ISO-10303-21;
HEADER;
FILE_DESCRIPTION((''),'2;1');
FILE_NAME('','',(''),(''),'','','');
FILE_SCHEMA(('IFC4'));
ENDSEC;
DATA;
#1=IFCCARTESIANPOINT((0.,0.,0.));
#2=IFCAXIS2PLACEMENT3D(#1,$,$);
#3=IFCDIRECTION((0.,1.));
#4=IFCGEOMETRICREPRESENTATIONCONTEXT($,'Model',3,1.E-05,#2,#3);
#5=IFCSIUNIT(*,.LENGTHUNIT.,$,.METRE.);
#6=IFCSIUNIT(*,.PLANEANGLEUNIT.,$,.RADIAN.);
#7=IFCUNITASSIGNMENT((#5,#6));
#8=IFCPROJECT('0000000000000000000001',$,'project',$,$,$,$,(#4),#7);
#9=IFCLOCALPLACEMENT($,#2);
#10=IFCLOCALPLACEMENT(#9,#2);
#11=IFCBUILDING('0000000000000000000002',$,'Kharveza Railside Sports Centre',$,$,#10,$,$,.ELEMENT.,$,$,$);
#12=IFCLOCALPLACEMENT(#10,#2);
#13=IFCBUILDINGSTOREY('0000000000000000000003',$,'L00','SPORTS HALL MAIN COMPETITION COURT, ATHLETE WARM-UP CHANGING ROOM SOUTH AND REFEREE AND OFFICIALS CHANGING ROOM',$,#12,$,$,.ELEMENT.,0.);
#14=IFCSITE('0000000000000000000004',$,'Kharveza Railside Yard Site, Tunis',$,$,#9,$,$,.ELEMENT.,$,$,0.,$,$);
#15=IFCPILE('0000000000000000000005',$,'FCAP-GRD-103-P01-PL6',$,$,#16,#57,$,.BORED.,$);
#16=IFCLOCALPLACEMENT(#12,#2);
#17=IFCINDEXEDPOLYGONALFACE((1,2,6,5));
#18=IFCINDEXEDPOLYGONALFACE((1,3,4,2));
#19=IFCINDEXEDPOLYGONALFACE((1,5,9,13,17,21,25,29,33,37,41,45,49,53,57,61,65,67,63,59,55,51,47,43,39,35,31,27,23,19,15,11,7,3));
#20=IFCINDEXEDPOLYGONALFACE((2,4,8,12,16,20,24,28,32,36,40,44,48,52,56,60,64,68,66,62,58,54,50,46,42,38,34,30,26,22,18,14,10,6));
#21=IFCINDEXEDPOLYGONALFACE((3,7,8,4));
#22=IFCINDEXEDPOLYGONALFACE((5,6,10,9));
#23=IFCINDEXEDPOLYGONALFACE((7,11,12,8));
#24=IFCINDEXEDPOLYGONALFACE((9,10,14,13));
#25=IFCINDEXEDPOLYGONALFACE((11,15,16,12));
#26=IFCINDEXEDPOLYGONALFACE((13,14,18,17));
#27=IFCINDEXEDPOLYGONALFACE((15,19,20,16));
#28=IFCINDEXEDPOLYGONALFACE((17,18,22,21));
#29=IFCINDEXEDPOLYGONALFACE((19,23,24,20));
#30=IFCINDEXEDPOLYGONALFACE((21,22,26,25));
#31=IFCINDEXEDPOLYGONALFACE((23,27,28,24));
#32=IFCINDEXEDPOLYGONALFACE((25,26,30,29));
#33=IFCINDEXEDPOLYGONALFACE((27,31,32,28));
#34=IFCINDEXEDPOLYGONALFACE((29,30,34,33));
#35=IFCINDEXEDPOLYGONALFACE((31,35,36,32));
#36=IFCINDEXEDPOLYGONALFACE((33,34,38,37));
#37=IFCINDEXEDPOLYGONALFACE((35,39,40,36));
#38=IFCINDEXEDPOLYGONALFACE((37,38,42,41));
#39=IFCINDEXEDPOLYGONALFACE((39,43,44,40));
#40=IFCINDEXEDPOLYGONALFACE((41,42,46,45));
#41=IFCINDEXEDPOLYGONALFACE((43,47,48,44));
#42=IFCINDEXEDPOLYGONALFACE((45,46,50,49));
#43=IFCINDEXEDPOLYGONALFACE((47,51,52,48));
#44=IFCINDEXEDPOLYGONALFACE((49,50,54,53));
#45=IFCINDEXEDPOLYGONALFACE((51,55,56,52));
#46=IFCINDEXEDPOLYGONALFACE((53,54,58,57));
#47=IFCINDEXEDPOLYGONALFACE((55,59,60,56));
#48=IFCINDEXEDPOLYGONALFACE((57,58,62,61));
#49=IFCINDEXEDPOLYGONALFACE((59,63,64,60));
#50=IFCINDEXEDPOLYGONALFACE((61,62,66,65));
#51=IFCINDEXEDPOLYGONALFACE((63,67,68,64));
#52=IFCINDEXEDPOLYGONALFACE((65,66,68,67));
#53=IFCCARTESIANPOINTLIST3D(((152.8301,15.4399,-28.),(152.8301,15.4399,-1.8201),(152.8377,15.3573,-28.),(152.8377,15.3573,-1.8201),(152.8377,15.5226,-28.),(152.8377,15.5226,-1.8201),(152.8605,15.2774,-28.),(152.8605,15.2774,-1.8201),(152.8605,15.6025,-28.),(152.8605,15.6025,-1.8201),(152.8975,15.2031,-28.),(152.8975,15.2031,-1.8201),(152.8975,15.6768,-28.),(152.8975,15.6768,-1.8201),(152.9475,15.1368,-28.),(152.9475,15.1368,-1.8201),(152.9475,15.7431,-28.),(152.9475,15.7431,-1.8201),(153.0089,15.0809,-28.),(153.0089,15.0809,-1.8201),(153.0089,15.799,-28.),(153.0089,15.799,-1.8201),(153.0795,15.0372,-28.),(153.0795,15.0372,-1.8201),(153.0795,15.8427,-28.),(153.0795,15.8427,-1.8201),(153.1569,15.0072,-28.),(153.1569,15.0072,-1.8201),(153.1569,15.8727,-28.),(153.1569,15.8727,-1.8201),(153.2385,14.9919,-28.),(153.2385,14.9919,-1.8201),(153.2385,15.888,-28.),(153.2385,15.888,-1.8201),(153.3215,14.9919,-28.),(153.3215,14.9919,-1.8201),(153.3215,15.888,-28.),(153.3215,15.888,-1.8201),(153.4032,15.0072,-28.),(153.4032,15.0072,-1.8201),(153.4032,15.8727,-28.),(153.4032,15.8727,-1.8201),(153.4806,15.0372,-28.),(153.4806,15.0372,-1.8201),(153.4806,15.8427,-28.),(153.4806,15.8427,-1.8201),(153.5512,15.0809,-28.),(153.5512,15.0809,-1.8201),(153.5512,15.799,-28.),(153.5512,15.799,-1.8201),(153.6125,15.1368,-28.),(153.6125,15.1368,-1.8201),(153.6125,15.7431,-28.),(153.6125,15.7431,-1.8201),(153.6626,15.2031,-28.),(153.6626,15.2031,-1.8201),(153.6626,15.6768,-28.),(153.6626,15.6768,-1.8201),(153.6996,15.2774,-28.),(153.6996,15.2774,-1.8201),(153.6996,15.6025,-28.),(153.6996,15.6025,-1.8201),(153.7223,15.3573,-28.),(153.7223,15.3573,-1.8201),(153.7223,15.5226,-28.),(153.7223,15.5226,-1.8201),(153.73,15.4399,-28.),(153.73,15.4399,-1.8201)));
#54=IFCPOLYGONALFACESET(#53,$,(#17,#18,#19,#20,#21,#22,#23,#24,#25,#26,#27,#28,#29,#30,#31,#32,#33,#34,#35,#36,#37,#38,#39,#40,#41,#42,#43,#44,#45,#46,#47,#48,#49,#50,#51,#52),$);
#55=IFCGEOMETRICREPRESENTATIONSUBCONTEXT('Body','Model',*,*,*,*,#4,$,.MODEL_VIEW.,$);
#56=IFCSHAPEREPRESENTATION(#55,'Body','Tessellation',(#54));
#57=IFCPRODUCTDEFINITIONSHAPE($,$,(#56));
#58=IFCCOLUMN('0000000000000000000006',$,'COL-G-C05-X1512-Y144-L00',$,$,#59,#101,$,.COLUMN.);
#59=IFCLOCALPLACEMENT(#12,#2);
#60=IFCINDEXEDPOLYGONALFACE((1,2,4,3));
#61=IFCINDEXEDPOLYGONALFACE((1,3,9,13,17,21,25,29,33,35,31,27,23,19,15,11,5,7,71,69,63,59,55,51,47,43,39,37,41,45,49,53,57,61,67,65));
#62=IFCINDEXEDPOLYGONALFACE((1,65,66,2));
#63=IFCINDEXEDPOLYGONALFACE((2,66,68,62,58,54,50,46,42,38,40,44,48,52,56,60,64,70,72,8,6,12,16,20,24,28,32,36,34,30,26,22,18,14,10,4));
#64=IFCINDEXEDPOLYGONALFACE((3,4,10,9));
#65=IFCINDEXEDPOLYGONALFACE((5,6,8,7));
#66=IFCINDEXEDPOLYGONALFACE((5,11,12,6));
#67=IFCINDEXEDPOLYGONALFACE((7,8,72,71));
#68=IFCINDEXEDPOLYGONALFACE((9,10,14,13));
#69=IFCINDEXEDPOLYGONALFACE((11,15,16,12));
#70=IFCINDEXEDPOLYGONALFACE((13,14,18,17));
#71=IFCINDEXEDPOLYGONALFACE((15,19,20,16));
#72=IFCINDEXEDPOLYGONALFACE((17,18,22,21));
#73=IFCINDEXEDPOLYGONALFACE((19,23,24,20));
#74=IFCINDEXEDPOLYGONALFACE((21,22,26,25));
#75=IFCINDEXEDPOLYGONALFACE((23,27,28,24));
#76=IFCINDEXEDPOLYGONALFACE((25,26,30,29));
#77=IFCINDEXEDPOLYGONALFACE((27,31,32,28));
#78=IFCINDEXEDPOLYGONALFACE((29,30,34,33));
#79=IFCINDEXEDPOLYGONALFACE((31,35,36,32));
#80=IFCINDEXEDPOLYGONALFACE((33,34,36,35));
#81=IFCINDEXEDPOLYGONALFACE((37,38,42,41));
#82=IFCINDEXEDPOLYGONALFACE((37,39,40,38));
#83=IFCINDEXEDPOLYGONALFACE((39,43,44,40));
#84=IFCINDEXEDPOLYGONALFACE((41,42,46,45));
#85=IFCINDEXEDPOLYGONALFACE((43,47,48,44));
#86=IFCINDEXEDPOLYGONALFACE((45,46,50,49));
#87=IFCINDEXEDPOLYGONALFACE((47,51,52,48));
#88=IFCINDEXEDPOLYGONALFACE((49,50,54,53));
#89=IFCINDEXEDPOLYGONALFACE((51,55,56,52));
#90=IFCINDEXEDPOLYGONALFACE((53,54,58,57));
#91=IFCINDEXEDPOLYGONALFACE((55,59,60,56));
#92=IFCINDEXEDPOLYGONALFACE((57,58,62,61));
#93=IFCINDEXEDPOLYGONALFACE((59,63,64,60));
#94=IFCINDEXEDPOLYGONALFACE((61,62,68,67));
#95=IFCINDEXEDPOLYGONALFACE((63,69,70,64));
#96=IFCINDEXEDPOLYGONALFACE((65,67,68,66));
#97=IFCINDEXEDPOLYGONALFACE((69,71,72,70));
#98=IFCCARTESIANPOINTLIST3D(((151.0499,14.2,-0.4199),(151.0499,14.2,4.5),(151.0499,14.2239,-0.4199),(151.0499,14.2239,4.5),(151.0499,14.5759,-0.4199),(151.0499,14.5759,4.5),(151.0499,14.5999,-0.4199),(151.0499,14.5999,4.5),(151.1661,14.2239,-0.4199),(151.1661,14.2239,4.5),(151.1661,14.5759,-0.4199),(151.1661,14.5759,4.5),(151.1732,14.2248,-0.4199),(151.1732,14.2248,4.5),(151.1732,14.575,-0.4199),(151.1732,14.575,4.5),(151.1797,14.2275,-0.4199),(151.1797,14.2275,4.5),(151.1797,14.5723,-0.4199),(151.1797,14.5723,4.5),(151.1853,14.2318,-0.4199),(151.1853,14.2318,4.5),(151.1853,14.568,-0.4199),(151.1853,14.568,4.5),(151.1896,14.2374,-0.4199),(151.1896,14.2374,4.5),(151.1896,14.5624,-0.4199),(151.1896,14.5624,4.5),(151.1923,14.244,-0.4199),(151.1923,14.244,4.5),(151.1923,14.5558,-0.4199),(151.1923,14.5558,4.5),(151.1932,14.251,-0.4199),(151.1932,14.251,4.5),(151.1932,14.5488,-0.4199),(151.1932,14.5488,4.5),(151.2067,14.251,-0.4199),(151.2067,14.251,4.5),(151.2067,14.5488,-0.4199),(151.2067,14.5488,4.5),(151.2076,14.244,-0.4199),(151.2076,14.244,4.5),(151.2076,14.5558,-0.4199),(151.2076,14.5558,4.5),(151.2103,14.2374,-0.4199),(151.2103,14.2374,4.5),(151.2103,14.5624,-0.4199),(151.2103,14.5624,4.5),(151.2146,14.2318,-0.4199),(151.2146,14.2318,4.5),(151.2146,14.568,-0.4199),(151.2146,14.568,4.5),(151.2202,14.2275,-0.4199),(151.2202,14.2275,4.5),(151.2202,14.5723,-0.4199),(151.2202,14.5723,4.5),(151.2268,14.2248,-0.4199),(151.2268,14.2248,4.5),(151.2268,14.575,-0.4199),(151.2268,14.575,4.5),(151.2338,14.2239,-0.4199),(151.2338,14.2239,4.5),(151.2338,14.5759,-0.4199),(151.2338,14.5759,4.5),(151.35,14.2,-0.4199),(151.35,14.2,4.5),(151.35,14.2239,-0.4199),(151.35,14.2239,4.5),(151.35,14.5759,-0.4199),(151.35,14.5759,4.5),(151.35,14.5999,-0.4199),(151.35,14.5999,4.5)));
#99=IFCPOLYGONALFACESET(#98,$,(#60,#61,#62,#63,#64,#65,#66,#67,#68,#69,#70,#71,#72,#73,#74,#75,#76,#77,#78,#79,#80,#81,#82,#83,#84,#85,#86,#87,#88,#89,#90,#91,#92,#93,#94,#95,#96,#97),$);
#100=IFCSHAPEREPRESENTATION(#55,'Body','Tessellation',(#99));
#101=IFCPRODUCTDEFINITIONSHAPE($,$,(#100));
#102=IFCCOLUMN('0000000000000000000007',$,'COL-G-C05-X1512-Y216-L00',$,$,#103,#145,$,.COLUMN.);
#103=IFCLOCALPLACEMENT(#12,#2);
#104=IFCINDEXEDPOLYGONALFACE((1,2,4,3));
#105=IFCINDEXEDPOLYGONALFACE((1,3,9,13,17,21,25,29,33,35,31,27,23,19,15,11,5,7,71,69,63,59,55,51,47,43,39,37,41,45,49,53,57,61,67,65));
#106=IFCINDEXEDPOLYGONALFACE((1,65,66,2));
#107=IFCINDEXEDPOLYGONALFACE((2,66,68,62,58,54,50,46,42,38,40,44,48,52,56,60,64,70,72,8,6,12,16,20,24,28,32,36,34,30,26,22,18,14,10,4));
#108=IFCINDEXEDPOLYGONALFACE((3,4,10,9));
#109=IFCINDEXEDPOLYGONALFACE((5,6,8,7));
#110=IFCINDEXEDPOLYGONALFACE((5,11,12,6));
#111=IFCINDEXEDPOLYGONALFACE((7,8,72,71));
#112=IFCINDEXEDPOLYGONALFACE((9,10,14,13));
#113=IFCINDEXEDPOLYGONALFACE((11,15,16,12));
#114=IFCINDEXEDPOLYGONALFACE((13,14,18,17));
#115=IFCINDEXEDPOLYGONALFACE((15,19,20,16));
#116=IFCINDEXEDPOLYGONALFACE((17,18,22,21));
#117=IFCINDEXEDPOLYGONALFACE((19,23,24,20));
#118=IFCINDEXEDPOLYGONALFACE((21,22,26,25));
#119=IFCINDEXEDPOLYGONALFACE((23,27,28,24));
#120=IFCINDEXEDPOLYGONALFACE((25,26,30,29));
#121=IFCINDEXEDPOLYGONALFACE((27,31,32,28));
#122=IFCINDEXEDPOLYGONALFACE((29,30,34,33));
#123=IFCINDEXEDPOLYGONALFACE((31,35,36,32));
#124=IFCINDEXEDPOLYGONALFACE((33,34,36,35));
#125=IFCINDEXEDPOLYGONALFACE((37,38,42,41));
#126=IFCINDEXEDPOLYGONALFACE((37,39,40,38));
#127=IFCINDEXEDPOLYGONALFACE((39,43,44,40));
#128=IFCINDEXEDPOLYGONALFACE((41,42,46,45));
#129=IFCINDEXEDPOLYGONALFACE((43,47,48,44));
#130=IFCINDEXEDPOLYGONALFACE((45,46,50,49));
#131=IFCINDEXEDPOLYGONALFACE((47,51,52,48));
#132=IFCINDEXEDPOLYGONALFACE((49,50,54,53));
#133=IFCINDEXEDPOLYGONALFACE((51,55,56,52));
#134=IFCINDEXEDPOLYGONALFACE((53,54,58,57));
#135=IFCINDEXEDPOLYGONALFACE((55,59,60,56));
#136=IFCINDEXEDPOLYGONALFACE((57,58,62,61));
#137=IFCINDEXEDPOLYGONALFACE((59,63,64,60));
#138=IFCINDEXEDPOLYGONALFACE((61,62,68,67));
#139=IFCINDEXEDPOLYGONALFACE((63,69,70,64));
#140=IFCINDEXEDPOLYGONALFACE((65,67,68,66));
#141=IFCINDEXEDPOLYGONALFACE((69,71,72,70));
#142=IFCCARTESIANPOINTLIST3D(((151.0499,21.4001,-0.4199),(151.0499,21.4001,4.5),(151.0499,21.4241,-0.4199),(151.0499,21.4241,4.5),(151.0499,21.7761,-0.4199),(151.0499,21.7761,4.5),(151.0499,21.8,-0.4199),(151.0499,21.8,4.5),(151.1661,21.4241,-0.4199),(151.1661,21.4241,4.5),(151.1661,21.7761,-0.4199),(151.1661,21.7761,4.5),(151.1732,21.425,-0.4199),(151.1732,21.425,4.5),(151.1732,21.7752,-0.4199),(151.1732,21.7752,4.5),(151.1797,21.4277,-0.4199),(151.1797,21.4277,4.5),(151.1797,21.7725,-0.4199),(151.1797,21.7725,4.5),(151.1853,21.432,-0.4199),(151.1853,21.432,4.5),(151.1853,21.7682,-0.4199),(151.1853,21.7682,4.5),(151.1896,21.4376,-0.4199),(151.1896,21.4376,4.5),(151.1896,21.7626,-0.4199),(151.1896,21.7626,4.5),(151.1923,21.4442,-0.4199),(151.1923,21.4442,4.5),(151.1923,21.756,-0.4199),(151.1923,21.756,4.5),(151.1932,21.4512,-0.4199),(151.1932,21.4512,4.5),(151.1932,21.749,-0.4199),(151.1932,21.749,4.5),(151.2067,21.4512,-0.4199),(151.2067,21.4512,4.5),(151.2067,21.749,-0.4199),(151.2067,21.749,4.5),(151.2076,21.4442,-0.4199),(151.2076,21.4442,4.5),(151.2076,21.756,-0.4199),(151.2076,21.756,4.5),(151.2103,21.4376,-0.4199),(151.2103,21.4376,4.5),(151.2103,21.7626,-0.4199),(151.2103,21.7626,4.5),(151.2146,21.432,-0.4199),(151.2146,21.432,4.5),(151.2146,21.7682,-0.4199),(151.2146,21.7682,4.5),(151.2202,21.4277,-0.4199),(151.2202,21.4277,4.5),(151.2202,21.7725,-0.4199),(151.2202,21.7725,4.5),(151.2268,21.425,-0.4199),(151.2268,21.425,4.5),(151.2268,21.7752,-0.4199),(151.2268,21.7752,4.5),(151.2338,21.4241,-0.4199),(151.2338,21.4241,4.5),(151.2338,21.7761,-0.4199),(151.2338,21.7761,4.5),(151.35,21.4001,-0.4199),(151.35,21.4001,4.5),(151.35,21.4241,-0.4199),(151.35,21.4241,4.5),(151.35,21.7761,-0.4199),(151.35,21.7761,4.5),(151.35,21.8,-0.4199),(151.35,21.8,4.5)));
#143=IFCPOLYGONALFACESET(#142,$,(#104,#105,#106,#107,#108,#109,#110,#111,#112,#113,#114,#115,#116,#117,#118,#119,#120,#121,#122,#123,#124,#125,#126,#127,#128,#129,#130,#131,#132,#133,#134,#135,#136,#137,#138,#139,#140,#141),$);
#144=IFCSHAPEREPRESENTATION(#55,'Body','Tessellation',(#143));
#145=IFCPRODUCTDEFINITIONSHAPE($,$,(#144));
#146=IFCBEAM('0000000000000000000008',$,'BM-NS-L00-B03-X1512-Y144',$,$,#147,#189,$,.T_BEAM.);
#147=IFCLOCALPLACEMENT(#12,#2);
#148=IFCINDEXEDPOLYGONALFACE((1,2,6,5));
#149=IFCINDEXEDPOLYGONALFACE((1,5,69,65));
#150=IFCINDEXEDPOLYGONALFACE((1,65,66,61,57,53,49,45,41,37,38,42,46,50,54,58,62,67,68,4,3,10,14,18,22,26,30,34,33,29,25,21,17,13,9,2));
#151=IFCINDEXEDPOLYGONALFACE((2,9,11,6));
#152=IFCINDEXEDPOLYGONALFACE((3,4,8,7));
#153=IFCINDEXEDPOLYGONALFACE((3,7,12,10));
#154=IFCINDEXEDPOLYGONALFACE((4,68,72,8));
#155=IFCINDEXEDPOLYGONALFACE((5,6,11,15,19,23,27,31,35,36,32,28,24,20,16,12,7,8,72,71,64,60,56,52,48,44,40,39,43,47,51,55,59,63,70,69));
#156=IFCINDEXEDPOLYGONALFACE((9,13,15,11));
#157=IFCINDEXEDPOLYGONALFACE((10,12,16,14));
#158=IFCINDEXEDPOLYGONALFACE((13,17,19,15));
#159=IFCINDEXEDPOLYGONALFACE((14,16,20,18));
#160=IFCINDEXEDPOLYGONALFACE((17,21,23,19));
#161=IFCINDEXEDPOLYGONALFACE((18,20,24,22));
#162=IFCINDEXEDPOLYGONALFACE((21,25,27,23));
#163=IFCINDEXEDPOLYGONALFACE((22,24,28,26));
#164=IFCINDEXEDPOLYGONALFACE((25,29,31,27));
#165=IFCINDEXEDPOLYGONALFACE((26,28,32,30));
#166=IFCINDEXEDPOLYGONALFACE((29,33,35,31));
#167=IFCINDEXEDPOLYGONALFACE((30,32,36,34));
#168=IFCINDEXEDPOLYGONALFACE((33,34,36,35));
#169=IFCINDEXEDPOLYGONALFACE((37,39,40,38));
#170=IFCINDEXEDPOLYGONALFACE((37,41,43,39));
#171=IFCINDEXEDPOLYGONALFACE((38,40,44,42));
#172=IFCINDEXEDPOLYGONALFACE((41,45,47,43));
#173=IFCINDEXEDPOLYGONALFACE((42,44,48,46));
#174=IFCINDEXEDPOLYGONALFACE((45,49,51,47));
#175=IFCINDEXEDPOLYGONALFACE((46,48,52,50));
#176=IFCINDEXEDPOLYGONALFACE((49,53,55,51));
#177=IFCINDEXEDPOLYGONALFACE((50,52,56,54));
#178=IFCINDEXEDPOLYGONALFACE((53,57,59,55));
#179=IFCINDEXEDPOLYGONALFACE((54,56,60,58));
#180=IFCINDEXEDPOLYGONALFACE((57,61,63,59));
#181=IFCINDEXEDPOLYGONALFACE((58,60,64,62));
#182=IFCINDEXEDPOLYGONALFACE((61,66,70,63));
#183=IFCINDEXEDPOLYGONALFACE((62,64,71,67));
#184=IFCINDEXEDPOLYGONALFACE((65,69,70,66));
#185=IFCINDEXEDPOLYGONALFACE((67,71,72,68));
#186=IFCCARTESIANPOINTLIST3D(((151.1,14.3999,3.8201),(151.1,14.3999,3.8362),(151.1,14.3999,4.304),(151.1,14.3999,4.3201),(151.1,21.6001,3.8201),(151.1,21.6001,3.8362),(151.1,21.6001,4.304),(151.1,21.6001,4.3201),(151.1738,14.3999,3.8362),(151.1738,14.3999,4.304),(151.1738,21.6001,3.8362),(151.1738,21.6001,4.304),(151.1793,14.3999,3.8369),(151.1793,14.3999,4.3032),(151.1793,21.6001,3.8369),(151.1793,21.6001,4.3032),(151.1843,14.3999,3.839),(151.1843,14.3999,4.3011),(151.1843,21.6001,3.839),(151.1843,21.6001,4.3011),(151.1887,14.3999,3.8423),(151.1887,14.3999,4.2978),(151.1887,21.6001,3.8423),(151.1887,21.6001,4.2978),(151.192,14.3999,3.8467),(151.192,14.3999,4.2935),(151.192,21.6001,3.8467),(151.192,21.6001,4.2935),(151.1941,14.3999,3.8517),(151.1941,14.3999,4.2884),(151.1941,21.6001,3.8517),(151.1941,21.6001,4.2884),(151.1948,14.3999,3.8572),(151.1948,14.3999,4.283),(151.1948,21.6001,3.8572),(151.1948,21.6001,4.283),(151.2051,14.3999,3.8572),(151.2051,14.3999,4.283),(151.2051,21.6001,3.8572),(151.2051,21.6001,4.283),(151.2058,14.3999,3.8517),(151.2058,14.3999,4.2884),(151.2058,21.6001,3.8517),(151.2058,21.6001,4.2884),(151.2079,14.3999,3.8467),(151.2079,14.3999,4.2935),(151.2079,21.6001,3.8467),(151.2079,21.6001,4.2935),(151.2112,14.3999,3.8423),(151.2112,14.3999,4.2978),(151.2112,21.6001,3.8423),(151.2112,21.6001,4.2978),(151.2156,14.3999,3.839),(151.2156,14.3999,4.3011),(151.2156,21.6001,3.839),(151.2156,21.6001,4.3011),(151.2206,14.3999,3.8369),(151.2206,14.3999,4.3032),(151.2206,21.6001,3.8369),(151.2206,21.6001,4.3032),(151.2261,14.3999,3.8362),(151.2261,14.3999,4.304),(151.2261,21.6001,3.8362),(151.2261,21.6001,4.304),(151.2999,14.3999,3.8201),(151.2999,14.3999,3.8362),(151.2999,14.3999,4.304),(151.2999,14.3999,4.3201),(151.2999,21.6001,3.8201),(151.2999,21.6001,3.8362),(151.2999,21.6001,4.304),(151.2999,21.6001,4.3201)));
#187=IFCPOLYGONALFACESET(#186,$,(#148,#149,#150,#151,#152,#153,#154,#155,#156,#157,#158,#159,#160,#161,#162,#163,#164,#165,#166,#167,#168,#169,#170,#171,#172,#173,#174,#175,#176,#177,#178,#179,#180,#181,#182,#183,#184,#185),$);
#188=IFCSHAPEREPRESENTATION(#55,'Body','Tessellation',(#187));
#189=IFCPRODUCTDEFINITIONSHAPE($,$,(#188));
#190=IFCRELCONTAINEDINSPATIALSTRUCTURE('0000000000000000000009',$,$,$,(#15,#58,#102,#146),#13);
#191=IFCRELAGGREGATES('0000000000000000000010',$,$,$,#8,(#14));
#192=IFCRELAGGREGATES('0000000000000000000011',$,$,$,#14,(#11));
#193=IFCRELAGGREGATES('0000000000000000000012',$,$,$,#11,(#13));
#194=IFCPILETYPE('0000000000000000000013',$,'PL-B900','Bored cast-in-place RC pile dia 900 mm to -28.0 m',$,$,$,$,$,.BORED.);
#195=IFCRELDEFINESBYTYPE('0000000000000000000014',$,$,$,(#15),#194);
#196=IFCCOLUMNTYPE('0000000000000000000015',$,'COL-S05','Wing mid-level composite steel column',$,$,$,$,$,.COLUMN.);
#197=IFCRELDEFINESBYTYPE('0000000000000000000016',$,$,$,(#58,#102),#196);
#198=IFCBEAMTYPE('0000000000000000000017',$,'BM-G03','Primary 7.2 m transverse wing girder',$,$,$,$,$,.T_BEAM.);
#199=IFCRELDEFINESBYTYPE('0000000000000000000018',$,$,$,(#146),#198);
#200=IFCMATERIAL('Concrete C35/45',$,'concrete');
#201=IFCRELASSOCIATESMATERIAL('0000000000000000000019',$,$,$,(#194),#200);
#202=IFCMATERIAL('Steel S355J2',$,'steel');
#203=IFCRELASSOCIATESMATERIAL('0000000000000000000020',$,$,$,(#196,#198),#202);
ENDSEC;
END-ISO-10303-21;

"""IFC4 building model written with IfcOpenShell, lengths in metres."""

from ifc_helpers import new_model, si_unit, direction, frame, origin, origin_2d, place, context, subcontext, project, spatial, circle, i_section, extrude, material, material_profile, profile_set, type_object, element, save


model = new_model("IFC4")

# Units and contexts
model_context = context("Model", 3, precision=1e-05, world=origin(), true_north=direction((0.0, 1.0)))
body_context = subcontext(model_context, "Body", "Model", "MODEL_VIEW")
ifc_project = project(units=[si_unit("LENGTHUNIT", "METRE"), si_unit("PLANEANGLEUNIT", "RADIAN")], contexts=[model_context])

# Site, building, storey
site_placement = place(None, origin())
site = spatial("IfcSite", under=ifc_project, at=site_placement, Name="Kharveza Railside Yard Site, Tunis", CompositionType="ELEMENT", RefElevation=0.0)
building_placement = place(site_placement, origin())
building = spatial("IfcBuilding", under=site, at=building_placement, Name="Kharveza Railside Sports Centre", CompositionType="ELEMENT")
storey_placement = place(building_placement, origin())
storey = spatial("IfcBuildingStorey", under=building, at=storey_placement, Name="L00", Description="SPORTS HALL MAIN COMPETITION COURT, ATHLETE WARM-UP CHANGING ROOM SOUTH AND REFEREE AND OFFICIALS CHANGING ROOM", CompositionType="ELEMENT", Elevation=0.0)

# Shared definitions
ifc_material_1 = material(Name="Concrete C35/45", Category="concrete")

# Pile
ifc_material_profile_1 = material_profile(ifc_material_1, circle(Radius=0.45, at=origin_2d()), Name="PILE D900")
ifc_profile_set_1 = profile_set([ifc_material_profile_1], Name="Concrete C35/45")
pile_type_1 = type_object("IfcPileType", Name="PL-B900", Description="Bored cast-in-place RC pile dia 900 mm to -28.0 m", PredefinedType="BORED", material=ifc_profile_set_1)
for number, where, z_axis, x_axis, name in (
    (1, (153.28, 15.4399, -1.8201), (0.0, 0.0, -1.0), (1.0, 0.0, 0.0), "FCAP-GRD-103-P01-PL6"),
):
    element("IfcPile", number, at=place(storey_placement, frame(where, z_axis=z_axis, x_axis=x_axis)), inside=storey, type_object=pile_type_1, Name=name, PredefinedType="BORED", context=body_context, shape_type="SweptSolid", body=[
        extrude(circle(Radius=0.45, at=origin_2d()), origin(), (0.0, 0.0, 1.0), 26.1799),
    ])

# Columns
ifc_material_2 = material(Name="Steel S355J2", Category="steel")
ifc_material_profile_2 = material_profile(ifc_material_2, i_section(OverallWidth=0.3, OverallDepth=0.3999, WebThickness=0.0134, FlangeThickness=0.0239, FilletRadius=0.0271, at=origin_2d()), Name="HEB 400")
ifc_profile_set_2 = profile_set([ifc_material_profile_2], Name="Steel S355J2")
column_type = type_object("IfcColumnType", Name="COL-S05", Description="Wing mid-level composite steel column", PredefinedType="COLUMN", material=ifc_profile_set_2)
for number, where, z_axis, x_axis, name in (
    (2, (151.2, 14.3999, -0.4199), (0.0, 0.0, 1.0), (1.0, 0.0, 0.0), "COL-G-C05-X1512-Y144-L00"),
    (3, (151.2, 21.6001, -0.4199), (0.0, 0.0, 1.0), (1.0, 0.0, 0.0), "COL-G-C05-X1512-Y216-L00"),
):
    element("IfcColumn", number, at=place(storey_placement, frame(where, z_axis=z_axis, x_axis=x_axis)), inside=storey, type_object=column_type, Name=name, PredefinedType="COLUMN", context=body_context, shape_type="SweptSolid", body=[
        extrude(i_section(OverallWidth=0.3, OverallDepth=0.3999, WebThickness=0.0134, FlangeThickness=0.0239, FilletRadius=0.0271, at=origin_2d()), origin(), (0.0, 0.0, 1.0), 4.9199),
    ])

# Beam
ifc_material_profile_3 = material_profile(ifc_material_2, i_section(OverallWidth=0.2, OverallDepth=0.5, WebThickness=0.0103, FlangeThickness=0.0161, FilletRadius=0.021, at=origin_2d()), Name="IPE 500")
ifc_profile_set_3 = profile_set([ifc_material_profile_3], Name="Steel S355J2")
beam_type_1 = type_object("IfcBeamType", Name="BM-G03", Description="Primary 7.2 m transverse wing girder", PredefinedType="T_BEAM", material=ifc_profile_set_3)
beam_1_placement = place(storey_placement, frame((151.2, 14.3999, 4.0701), z_axis=(0.0, 1.0, 0.0), x_axis=(-1.0, 0.0, 0.0)))
element("IfcBeam", 4, at=beam_1_placement, inside=storey, type_object=beam_type_1, Name="BM-NS-L00-B03-X1512-Y144", PredefinedType="T_BEAM", context=body_context, shape_type="SweptSolid", body=[
    extrude(i_section(OverallWidth=0.2, OverallDepth=0.5, WebThickness=0.0103, FlangeThickness=0.0161, FilletRadius=0.021, at=origin_2d()), origin(), (0.0, 0.0, 1.0), 7.2002),
])

save(model, "model.ifc")
